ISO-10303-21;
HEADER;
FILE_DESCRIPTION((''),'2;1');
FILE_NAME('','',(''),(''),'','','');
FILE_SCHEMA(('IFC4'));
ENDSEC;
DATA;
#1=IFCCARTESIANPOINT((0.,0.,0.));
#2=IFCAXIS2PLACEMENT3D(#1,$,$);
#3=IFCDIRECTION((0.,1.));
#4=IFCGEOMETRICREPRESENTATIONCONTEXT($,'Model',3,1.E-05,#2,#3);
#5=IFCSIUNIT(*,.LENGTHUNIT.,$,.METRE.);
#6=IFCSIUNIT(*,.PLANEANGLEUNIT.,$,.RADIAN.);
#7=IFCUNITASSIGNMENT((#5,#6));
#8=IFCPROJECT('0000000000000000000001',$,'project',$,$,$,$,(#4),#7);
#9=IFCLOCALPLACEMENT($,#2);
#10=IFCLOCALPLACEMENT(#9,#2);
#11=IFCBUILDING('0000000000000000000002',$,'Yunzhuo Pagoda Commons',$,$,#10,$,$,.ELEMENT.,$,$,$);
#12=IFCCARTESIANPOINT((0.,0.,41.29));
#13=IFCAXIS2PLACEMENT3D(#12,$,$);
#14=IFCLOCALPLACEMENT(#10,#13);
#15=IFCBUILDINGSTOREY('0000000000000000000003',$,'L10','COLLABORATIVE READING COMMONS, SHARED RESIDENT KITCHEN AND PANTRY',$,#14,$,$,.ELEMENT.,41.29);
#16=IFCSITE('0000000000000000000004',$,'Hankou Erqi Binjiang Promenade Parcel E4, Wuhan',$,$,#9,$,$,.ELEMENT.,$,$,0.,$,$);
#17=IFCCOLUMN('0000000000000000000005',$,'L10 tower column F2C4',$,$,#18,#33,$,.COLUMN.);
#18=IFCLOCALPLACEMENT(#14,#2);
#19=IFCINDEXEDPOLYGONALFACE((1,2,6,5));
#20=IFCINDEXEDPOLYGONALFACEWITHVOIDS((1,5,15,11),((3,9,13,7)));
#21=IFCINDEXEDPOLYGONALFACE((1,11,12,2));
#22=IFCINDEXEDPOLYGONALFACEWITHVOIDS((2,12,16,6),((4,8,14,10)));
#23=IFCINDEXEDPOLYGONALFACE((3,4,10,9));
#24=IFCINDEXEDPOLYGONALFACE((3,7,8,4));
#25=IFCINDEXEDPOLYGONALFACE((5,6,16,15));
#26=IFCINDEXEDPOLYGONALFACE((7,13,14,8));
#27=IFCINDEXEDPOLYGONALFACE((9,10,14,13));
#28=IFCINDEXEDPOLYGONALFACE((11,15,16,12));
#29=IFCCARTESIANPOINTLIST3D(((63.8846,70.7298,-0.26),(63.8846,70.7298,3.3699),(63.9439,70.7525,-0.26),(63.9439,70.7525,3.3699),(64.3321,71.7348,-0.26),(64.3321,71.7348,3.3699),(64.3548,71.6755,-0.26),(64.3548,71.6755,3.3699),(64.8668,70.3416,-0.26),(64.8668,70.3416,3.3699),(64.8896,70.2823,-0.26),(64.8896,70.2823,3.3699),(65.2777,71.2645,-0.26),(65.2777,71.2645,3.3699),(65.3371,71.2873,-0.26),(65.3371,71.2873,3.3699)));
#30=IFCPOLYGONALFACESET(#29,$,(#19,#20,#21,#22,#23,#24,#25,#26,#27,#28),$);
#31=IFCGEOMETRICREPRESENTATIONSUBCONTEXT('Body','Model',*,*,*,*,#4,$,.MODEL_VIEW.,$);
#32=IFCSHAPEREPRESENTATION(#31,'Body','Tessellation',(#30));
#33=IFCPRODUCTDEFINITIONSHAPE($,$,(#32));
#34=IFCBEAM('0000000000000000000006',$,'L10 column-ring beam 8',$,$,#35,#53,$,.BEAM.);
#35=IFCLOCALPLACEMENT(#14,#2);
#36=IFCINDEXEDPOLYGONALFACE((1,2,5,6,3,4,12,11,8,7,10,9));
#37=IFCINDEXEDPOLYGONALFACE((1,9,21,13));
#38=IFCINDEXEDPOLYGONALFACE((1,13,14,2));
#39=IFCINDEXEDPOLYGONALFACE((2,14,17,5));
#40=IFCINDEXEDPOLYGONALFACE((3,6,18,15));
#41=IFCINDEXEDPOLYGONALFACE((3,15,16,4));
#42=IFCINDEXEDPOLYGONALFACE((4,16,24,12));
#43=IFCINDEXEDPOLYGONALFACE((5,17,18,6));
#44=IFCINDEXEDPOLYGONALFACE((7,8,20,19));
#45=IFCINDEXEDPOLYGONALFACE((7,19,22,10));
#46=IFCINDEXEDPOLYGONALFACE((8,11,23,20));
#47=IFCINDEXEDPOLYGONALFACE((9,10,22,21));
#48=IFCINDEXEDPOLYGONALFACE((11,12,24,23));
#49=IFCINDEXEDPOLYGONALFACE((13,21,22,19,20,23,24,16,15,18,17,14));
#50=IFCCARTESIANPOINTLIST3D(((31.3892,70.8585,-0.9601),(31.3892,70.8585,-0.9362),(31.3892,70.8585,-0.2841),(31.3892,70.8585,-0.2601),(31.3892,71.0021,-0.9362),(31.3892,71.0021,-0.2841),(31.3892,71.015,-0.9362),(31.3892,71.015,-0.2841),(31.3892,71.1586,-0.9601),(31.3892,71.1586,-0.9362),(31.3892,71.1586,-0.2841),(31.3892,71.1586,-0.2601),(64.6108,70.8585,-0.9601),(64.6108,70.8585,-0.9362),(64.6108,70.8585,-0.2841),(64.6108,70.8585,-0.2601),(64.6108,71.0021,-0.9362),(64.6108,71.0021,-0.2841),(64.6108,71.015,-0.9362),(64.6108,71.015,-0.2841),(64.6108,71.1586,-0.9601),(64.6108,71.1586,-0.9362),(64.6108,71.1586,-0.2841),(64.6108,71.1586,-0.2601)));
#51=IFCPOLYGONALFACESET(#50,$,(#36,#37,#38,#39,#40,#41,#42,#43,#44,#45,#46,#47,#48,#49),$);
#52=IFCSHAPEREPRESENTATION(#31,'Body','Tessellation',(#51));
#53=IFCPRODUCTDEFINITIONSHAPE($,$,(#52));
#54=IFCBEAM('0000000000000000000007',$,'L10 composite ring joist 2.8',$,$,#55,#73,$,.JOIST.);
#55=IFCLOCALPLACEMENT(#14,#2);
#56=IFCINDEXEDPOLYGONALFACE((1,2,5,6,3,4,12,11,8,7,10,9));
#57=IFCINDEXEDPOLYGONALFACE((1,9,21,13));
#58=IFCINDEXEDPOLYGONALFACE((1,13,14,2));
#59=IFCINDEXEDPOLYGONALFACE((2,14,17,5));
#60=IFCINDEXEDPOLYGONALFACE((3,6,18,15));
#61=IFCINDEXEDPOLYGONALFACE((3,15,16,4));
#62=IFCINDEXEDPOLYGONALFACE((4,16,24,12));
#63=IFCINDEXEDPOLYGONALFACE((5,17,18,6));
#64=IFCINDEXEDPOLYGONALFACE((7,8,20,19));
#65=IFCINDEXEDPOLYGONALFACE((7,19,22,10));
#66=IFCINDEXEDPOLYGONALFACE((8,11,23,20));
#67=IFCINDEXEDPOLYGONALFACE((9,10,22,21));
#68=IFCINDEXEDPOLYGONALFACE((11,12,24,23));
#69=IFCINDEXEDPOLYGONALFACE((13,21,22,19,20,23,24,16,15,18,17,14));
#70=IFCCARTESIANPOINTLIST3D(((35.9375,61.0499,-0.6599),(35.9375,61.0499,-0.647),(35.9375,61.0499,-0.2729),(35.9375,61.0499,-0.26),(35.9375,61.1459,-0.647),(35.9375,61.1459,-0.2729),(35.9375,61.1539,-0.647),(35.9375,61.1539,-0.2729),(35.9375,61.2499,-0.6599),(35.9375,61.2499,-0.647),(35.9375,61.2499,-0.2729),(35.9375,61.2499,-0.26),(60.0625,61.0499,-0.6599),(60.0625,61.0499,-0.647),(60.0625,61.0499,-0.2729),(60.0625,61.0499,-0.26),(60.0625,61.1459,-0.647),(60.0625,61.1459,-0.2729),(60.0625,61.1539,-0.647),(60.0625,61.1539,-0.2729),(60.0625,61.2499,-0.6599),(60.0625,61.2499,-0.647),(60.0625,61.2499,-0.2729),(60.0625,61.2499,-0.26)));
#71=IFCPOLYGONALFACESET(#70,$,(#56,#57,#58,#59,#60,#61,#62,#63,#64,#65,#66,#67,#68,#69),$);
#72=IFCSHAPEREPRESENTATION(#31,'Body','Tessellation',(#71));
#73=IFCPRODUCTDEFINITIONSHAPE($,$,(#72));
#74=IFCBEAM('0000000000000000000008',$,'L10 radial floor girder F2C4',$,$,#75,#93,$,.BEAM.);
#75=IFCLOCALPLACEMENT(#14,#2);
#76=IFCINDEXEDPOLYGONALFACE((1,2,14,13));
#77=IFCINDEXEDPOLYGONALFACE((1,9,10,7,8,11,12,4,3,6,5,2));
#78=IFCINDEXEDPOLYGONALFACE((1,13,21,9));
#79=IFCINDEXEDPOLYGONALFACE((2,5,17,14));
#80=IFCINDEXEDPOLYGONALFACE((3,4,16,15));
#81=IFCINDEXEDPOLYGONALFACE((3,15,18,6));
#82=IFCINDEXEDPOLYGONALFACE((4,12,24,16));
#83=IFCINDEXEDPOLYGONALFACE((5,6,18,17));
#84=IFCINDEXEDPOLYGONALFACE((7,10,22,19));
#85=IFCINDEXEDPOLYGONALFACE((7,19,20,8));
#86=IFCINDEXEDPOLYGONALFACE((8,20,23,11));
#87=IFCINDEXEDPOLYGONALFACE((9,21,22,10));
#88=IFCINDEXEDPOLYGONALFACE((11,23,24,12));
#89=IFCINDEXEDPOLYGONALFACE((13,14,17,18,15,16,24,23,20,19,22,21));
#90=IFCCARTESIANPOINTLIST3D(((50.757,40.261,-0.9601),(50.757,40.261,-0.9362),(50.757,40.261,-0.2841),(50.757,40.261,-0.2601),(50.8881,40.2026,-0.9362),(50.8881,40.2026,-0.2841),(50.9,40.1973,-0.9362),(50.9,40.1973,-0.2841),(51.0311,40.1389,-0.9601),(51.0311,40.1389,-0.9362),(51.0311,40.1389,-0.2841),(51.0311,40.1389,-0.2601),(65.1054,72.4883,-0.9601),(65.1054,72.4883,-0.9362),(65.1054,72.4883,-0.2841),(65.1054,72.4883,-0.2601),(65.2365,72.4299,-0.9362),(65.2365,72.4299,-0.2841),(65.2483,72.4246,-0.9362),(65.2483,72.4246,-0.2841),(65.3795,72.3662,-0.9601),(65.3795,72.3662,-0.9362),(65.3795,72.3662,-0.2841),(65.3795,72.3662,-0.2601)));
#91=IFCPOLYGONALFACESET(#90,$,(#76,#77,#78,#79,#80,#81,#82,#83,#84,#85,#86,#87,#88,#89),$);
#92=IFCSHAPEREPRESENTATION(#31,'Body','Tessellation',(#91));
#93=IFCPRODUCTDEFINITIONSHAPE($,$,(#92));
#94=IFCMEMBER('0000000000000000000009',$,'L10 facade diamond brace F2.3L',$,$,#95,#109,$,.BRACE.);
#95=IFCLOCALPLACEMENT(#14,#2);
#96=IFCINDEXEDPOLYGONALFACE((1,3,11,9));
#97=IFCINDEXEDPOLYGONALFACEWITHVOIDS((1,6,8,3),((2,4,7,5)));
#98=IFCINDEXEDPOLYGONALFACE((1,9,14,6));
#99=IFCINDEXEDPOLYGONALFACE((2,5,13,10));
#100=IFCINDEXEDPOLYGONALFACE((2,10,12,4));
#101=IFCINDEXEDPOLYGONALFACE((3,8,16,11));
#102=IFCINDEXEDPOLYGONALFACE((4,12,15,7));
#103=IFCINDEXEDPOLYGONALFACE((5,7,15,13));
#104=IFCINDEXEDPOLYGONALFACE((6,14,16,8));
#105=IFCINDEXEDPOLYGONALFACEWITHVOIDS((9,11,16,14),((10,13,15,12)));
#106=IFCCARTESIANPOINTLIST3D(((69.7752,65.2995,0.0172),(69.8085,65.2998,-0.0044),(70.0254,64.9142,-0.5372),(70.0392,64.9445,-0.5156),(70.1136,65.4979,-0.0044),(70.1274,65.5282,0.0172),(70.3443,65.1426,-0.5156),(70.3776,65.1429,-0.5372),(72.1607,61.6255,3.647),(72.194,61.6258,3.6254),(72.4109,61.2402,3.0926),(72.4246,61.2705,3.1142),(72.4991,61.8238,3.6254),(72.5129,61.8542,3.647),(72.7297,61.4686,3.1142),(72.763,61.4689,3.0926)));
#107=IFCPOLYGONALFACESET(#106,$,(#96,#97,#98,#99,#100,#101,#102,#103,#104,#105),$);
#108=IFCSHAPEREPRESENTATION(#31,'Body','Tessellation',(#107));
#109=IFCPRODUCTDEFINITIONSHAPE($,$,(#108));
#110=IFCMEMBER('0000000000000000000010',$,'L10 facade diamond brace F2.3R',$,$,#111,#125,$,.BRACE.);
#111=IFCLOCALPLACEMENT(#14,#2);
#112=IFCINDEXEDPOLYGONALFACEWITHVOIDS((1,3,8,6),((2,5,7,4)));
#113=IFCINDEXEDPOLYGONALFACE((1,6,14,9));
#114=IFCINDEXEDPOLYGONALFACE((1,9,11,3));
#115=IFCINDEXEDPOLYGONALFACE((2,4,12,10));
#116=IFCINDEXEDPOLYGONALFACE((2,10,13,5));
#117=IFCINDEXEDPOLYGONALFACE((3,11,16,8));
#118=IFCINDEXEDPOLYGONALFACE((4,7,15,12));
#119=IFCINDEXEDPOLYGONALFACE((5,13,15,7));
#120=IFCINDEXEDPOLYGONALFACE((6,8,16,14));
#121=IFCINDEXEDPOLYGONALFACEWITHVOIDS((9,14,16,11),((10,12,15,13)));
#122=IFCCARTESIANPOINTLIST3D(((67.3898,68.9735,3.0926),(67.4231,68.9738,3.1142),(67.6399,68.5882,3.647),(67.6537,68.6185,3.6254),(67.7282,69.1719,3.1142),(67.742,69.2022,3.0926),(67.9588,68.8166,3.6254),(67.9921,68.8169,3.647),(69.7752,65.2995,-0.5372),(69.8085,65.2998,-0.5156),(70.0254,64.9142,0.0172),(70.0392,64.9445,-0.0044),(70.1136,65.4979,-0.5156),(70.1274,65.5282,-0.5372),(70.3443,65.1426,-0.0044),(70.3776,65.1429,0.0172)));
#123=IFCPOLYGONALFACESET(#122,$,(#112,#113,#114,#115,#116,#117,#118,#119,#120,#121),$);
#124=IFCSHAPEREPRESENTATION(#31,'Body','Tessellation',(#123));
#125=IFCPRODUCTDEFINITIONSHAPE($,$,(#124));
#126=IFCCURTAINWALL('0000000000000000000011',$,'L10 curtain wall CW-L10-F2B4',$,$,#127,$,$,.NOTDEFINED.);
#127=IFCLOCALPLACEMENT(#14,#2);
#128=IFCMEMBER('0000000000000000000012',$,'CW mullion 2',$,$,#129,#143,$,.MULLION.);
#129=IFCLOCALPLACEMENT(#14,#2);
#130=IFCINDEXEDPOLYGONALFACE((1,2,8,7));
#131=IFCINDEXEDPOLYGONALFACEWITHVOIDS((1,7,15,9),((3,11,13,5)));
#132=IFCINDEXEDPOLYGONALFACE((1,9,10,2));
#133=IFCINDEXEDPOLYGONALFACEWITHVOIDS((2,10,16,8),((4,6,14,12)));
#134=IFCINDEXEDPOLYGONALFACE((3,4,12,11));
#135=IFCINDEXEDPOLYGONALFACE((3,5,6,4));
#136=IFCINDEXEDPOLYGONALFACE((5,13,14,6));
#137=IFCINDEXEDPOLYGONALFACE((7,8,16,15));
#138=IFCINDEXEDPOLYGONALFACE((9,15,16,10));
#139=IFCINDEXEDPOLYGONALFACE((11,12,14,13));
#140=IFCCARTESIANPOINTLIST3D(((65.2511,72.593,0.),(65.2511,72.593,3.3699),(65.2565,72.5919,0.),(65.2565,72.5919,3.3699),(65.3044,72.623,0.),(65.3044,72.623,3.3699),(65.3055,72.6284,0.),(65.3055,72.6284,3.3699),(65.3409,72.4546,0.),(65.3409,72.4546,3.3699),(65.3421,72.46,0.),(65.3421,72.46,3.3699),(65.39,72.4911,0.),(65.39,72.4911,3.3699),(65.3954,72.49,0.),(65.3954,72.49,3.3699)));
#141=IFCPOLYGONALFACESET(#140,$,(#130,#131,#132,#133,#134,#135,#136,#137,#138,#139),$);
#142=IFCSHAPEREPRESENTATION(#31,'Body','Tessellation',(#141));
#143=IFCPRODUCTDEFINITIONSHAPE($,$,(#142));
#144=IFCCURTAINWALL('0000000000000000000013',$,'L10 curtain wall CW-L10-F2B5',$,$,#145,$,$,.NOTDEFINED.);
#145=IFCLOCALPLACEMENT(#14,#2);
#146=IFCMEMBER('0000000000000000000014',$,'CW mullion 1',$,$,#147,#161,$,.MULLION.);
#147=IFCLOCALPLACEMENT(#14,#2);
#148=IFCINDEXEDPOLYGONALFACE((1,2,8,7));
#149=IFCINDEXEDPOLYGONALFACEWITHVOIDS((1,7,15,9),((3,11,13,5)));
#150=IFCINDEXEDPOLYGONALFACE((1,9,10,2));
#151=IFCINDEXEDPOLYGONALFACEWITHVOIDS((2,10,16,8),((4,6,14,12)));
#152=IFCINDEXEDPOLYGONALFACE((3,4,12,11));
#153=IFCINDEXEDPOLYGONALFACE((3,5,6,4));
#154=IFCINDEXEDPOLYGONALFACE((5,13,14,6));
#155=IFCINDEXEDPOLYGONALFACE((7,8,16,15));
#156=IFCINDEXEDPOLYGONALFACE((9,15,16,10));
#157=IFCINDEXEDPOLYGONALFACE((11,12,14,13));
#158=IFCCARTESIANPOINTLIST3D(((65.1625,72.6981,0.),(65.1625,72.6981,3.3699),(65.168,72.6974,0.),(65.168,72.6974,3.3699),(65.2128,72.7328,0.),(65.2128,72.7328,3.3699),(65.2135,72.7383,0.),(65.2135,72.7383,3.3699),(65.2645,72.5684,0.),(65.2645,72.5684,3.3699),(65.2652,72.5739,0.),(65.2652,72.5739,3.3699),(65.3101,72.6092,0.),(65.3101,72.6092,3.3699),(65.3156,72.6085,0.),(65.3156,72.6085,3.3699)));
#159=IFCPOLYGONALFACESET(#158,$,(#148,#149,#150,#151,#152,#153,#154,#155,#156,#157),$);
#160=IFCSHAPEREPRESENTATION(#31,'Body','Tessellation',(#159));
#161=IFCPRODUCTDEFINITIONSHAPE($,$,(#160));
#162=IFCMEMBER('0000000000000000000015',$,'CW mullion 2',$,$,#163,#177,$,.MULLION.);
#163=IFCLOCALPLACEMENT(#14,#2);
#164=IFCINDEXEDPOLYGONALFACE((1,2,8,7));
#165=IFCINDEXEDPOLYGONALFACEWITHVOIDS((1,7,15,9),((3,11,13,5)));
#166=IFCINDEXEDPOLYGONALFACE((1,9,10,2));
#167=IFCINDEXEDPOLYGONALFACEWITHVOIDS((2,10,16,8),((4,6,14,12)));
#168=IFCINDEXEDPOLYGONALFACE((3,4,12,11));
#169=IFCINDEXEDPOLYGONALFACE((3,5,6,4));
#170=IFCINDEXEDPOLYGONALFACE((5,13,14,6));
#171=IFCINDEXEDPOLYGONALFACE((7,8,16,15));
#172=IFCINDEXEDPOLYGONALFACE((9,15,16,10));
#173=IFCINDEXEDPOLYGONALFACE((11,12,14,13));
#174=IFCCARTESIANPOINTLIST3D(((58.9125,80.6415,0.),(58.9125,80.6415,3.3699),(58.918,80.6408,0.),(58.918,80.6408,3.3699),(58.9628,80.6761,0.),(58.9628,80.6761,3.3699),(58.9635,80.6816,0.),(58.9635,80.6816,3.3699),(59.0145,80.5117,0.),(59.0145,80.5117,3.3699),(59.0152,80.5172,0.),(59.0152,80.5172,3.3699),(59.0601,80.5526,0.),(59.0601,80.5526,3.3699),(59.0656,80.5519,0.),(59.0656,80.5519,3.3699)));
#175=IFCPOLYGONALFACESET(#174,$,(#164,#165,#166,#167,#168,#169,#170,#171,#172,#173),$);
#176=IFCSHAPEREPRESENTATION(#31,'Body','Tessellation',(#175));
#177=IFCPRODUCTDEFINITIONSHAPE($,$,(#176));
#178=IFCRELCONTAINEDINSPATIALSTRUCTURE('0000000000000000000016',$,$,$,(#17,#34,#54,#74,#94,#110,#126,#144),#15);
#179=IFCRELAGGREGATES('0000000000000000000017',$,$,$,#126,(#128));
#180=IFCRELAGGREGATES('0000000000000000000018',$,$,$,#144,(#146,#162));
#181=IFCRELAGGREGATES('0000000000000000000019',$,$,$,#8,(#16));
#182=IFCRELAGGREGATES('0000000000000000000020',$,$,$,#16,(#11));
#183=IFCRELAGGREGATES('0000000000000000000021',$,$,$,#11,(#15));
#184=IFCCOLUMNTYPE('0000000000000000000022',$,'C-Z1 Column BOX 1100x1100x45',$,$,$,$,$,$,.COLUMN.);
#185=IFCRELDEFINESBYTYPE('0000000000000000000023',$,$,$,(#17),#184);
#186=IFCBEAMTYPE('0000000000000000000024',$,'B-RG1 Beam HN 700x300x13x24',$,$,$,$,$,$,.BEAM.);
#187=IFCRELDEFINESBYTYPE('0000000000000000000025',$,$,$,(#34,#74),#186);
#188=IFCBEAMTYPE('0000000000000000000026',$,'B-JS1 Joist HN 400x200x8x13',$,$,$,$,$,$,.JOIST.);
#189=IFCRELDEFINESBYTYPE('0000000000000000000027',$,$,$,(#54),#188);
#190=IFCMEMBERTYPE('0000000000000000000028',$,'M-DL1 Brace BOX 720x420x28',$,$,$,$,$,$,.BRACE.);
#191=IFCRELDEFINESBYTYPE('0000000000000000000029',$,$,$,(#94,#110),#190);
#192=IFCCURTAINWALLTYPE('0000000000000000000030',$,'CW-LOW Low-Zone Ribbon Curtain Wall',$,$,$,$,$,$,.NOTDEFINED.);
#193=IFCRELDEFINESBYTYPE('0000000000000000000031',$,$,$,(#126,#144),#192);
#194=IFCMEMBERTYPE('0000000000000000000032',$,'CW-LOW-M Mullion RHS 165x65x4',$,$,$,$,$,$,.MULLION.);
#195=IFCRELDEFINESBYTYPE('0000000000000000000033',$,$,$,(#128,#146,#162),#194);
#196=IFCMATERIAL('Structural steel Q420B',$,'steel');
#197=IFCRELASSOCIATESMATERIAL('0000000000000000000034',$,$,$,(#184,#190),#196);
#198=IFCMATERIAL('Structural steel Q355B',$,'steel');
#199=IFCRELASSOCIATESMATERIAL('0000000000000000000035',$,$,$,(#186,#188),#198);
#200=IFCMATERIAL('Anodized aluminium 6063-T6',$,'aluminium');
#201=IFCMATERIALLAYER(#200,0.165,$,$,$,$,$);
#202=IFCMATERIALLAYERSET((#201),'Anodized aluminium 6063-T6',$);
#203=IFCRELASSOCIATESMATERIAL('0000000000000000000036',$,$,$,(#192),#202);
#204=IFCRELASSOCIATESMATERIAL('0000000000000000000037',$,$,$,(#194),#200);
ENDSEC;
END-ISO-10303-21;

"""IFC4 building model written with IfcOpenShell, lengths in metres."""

from ifc_helpers import new_model, si_unit, direction, frame, origin, origin_2d, place, context, subcontext, project, spatial, hollow_rectangle, i_section, extrude, source, transform, mapped, material, layer, layer_set, material_profile, profile_set, type_object, element, aggregate, save


model = new_model("IFC4")

# Units and contexts
model_context = context("Model", 3, precision=1e-05, world=origin(), true_north=direction((0.0, 1.0)))
body_context = subcontext(model_context, "Body", "Model", "MODEL_VIEW")
ifc_project = project(units=[si_unit("LENGTHUNIT", "METRE"), si_unit("PLANEANGLEUNIT", "RADIAN")], contexts=[model_context])

# Site, building, storey
site_placement = place(None, origin())
site = spatial("IfcSite", under=ifc_project, at=site_placement, Name="Hankou Erqi Binjiang Promenade Parcel E4, Wuhan", CompositionType="ELEMENT", RefElevation=0.0)
building_placement = place(site_placement, origin())
building = spatial("IfcBuilding", under=site, at=building_placement, Name="Yunzhuo Pagoda Commons", CompositionType="ELEMENT")
storey_placement = place(building_placement, frame((0.0, 0.0, 41.29)))
storey = spatial("IfcBuildingStorey", under=building, at=storey_placement, Name="L10", Description="COLLABORATIVE READING COMMONS, SHARED RESIDENT KITCHEN AND PANTRY", CompositionType="ELEMENT", Elevation=41.29)

# Column
ifc_material_1 = material(Name="Structural steel Q420B", Category="steel")
ifc_material_profile_1 = material_profile(ifc_material_1, hollow_rectangle(XDim=1.1001, YDim=1.1001, WallThickness=0.0449, at=origin_2d()), Name="Structural steel Q420B")
ifc_profile_set_1 = profile_set([ifc_material_profile_1], Name="Structural steel Q420B")
column_type = type_object("IfcColumnType", Name="C-Z1 Column BOX 1100x1100x45", PredefinedType="COLUMN", material=ifc_profile_set_1)
shared_shape_1 = source(origin(), body_context, "Body", "SweptSolid", [
    extrude(hollow_rectangle(XDim=1.1001, YDim=1.1001, WallThickness=0.0449, at=origin_2d()), origin(), (0.0, 0.0, 1.0), 3.6299),
])
column_placement = place(storey_placement, frame((64.6108, 71.0085, -0.26), z_axis=(0.0, 0.0, 1.0), x_axis=(-0.913545, 0.406737, 0.0)))
element("IfcColumn", 1, at=column_placement, inside=storey, type_object=column_type, Name="L10 tower column F2C4", PredefinedType="COLUMN", context=body_context, shape_type="MappedRepresentation", body=[
    mapped(shared_shape_1, transform((0.0, 0.0, 0.0), scale=1.0)),
])

# Beams
ifc_material_2 = material(Name="Structural steel Q355B", Category="steel")
ifc_material_profile_2 = material_profile(ifc_material_2, i_section(OverallWidth=0.3, OverallDepth=0.7, WebThickness=0.0129, FlangeThickness=0.0239, at=origin_2d()), Name="Structural steel Q355B")
ifc_profile_set_2 = profile_set([ifc_material_profile_2], Name="Structural steel Q355B")
beam_type_1 = type_object("IfcBeamType", Name="B-RG1 Beam HN 700x300x13x24", PredefinedType="BEAM", material=ifc_profile_set_2)
shared_shape_2 = source(origin(), body_context, "Body", "SweptSolid", [
    extrude(i_section(OverallWidth=0.3, OverallDepth=0.7, WebThickness=0.0129, FlangeThickness=0.0239, at=origin_2d()), origin(), (0.0, 0.0, 1.0), 33.2217),
])
beam_1_placement = place(storey_placement, frame((64.6108, 71.0085, -0.6101), z_axis=(-1.0, 0.0, 0.0), x_axis=(0.0, -1.0, 0.0)))
element("IfcBeam", 2, at=beam_1_placement, inside=storey, type_object=beam_type_1, Name="L10 column-ring beam 8", PredefinedType="BEAM", context=body_context, shape_type="MappedRepresentation", body=[
    mapped(shared_shape_2, transform((0.0, 0.0, 0.0), scale=1.0)),
])
ifc_material_profile_3 = material_profile(ifc_material_2, i_section(OverallWidth=0.2, OverallDepth=0.3999, WebThickness=0.0081, FlangeThickness=0.0129, at=origin_2d()), Name="Structural steel Q355B")
ifc_profile_set_3 = profile_set([ifc_material_profile_3], Name="Structural steel Q355B")
beam_type_2 = type_object("IfcBeamType", Name="B-JS1 Joist HN 400x200x8x13", PredefinedType="JOIST", material=ifc_profile_set_3)
shared_shape_3 = source(origin(), body_context, "Body", "SweptSolid", [
    extrude(i_section(OverallWidth=0.2, OverallDepth=0.3999, WebThickness=0.0081, FlangeThickness=0.0129, at=origin_2d()), origin(), (0.0, 0.0, 1.0), 24.125),
])
beam_2_placement = place(storey_placement, frame((60.0625, 61.1499, -0.46), z_axis=(-1.0, 0.0, 0.0), x_axis=(0.0, -1.0, 0.0)))
element("IfcBeam", 3, at=beam_2_placement, inside=storey, type_object=beam_type_2, Name="L10 composite ring joist 2.8", PredefinedType="JOIST", context=body_context, shape_type="MappedRepresentation", body=[
    mapped(shared_shape_3, transform((0.0, 0.0, 0.0), scale=1.0)),
])
shared_shape_4 = source(origin(), body_context, "Body", "SweptSolid", [
    extrude(i_section(OverallWidth=0.3, OverallDepth=0.7, WebThickness=0.0129, FlangeThickness=0.0239, at=origin_2d()), origin(), (0.0, 0.0, 1.0), 35.2771),
])
beam_3_placement = place(storey_placement, frame((65.2424, 72.4272, -0.6101), z_axis=(-0.406734, -0.913547, 0.0), x_axis=(0.913547, -0.406734, 0.0)))
element("IfcBeam", 4, at=beam_3_placement, inside=storey, type_object=beam_type_1, Name="L10 radial floor girder F2C4", PredefinedType="BEAM", context=body_context, shape_type="MappedRepresentation", body=[
    mapped(shared_shape_4, transform((0.0, 0.0, 0.0), scale=1.0)),
])

# Members
ifc_material_profile_4 = material_profile(ifc_material_1, hollow_rectangle(XDim=0.4199, YDim=0.72, WallThickness=0.0281, at=origin_2d()), Name="Structural steel Q420B")
ifc_profile_set_4 = profile_set([ifc_material_profile_4], Name="Structural steel Q420B")
member_type_1 = type_object("IfcMemberType", Name="M-DL1 Brace BOX 720x420x28", PredefinedType="BRACE", material=ifc_profile_set_4)
shared_shape_5 = source(origin(), body_context, "Body", "SweptSolid", [
    extrude(hollow_rectangle(XDim=0.4199, YDim=0.72, WallThickness=0.0281, at=origin_2d()), origin(), (0.0, 0.0, 1.0), 5.689),
])
for number, where, z_axis, x_axis, name in (
    (5, (70.0764, 65.2212, -0.26), (0.419313, -0.645813, 0.638046), (0.83872, 0.544563, 0.0), "L10 facade diamond brace F2.3L"),
    (6, (70.0764, 65.2212, -0.26), (-0.419313, 0.645813, 0.638046), (-0.83872, -0.544563, 0.0), "L10 facade diamond brace F2.3R"),
):
    element("IfcMember", number, at=place(storey_placement, frame(where, z_axis=z_axis, x_axis=x_axis)), inside=storey, type_object=member_type_1, Name=name, PredefinedType="BRACE", context=body_context, shape_type="MappedRepresentation", body=[
        mapped(shared_shape_5, transform((0.0, 0.0, 0.0), scale=1.0)),
    ])

# Curtain wall, member
ifc_material_3 = material(Name="Anodized aluminium 6063-T6", Category="aluminium")
ifc_layer_1 = layer(ifc_material_3, 0.165)
ifc_layer_set_1 = layer_set([ifc_layer_1], Name="Anodized aluminium 6063-T6")
curtain_wall_type = type_object("IfcCurtainWallType", Name="CW-LOW Low-Zone Ribbon Curtain Wall", PredefinedType="NOTDEFINED", material=ifc_layer_set_1)
curtain_wall_1_placement = place(storey_placement, origin())
curtain_wall_1 = element("IfcCurtainWall", 7, at=curtain_wall_1_placement, inside=storey, type_object=curtain_wall_type, Name="L10 curtain wall CW-L10-F2B4", PredefinedType="NOTDEFINED")
ifc_material_profile_5 = material_profile(ifc_material_3, hollow_rectangle(XDim=0.0649, YDim=0.165, WallThickness=0.0039, at=origin_2d()), Name="Anodized aluminium 6063-T6")
ifc_profile_set_5 = profile_set([ifc_material_profile_5], Name="Anodized aluminium 6063-T6")
member_type_2 = type_object("IfcMemberType", Name="CW-LOW-M Mullion RHS 165x65x4", PredefinedType="MULLION", material=ifc_profile_set_5)
shared_shape_6 = source(origin(), body_context, "Body", "SweptSolid", [
    extrude(hollow_rectangle(XDim=0.0649, YDim=0.165, WallThickness=0.0039, at=origin_2d()), origin(), (0.0, 0.0, 1.0), 3.3699),
])
member_1_placement = place(storey_placement, frame((65.3232, 72.5415, 0.0), z_axis=(0.0, 0.0, 1.0), x_axis=(-0.83871, -0.544579, 0.0)))
member_1 = element("IfcMember", 8, at=member_1_placement, type_object=member_type_2, Name="CW mullion 2", PredefinedType="MULLION", context=body_context, shape_type="MappedRepresentation", body=[
    mapped(shared_shape_6, transform((0.0, 0.0, 0.0), scale=1.0)),
])

# Curtain wall, members
curtain_wall_2_placement = place(storey_placement, origin())
curtain_wall_2 = element("IfcCurtainWall", 9, at=curtain_wall_2_placement, inside=storey, type_object=curtain_wall_type, Name="L10 curtain wall CW-L10-F2B5", PredefinedType="NOTDEFINED")
member_2_placement = place(storey_placement, frame((65.239, 72.6533, 0.0), z_axis=(0.0, 0.0, 1.0), x_axis=(-0.785883, -0.618375, 0.0)))
member_2 = element("IfcMember", 10, at=member_2_placement, type_object=member_type_2, Name="CW mullion 1", PredefinedType="MULLION", context=body_context, shape_type="MappedRepresentation", body=[
    mapped(shared_shape_6, transform((0.0, 0.0, 0.0), scale=1.0)),
])
member_3_placement = place(storey_placement, frame((58.989, 80.5967, 0.0), z_axis=(0.0, 0.0, 1.0), x_axis=(-0.785883, -0.618375, 0.0)))
member_3 = element("IfcMember", 11, at=member_3_placement, type_object=member_type_2, Name="CW mullion 2", PredefinedType="MULLION", context=body_context, shape_type="MappedRepresentation", body=[
    mapped(shared_shape_6, transform((0.0, 0.0, 0.0), scale=1.0)),
])

aggregate(curtain_wall_1, [member_1])

aggregate(curtain_wall_2, [member_2, member_3])

save(model, "model.ifc")
